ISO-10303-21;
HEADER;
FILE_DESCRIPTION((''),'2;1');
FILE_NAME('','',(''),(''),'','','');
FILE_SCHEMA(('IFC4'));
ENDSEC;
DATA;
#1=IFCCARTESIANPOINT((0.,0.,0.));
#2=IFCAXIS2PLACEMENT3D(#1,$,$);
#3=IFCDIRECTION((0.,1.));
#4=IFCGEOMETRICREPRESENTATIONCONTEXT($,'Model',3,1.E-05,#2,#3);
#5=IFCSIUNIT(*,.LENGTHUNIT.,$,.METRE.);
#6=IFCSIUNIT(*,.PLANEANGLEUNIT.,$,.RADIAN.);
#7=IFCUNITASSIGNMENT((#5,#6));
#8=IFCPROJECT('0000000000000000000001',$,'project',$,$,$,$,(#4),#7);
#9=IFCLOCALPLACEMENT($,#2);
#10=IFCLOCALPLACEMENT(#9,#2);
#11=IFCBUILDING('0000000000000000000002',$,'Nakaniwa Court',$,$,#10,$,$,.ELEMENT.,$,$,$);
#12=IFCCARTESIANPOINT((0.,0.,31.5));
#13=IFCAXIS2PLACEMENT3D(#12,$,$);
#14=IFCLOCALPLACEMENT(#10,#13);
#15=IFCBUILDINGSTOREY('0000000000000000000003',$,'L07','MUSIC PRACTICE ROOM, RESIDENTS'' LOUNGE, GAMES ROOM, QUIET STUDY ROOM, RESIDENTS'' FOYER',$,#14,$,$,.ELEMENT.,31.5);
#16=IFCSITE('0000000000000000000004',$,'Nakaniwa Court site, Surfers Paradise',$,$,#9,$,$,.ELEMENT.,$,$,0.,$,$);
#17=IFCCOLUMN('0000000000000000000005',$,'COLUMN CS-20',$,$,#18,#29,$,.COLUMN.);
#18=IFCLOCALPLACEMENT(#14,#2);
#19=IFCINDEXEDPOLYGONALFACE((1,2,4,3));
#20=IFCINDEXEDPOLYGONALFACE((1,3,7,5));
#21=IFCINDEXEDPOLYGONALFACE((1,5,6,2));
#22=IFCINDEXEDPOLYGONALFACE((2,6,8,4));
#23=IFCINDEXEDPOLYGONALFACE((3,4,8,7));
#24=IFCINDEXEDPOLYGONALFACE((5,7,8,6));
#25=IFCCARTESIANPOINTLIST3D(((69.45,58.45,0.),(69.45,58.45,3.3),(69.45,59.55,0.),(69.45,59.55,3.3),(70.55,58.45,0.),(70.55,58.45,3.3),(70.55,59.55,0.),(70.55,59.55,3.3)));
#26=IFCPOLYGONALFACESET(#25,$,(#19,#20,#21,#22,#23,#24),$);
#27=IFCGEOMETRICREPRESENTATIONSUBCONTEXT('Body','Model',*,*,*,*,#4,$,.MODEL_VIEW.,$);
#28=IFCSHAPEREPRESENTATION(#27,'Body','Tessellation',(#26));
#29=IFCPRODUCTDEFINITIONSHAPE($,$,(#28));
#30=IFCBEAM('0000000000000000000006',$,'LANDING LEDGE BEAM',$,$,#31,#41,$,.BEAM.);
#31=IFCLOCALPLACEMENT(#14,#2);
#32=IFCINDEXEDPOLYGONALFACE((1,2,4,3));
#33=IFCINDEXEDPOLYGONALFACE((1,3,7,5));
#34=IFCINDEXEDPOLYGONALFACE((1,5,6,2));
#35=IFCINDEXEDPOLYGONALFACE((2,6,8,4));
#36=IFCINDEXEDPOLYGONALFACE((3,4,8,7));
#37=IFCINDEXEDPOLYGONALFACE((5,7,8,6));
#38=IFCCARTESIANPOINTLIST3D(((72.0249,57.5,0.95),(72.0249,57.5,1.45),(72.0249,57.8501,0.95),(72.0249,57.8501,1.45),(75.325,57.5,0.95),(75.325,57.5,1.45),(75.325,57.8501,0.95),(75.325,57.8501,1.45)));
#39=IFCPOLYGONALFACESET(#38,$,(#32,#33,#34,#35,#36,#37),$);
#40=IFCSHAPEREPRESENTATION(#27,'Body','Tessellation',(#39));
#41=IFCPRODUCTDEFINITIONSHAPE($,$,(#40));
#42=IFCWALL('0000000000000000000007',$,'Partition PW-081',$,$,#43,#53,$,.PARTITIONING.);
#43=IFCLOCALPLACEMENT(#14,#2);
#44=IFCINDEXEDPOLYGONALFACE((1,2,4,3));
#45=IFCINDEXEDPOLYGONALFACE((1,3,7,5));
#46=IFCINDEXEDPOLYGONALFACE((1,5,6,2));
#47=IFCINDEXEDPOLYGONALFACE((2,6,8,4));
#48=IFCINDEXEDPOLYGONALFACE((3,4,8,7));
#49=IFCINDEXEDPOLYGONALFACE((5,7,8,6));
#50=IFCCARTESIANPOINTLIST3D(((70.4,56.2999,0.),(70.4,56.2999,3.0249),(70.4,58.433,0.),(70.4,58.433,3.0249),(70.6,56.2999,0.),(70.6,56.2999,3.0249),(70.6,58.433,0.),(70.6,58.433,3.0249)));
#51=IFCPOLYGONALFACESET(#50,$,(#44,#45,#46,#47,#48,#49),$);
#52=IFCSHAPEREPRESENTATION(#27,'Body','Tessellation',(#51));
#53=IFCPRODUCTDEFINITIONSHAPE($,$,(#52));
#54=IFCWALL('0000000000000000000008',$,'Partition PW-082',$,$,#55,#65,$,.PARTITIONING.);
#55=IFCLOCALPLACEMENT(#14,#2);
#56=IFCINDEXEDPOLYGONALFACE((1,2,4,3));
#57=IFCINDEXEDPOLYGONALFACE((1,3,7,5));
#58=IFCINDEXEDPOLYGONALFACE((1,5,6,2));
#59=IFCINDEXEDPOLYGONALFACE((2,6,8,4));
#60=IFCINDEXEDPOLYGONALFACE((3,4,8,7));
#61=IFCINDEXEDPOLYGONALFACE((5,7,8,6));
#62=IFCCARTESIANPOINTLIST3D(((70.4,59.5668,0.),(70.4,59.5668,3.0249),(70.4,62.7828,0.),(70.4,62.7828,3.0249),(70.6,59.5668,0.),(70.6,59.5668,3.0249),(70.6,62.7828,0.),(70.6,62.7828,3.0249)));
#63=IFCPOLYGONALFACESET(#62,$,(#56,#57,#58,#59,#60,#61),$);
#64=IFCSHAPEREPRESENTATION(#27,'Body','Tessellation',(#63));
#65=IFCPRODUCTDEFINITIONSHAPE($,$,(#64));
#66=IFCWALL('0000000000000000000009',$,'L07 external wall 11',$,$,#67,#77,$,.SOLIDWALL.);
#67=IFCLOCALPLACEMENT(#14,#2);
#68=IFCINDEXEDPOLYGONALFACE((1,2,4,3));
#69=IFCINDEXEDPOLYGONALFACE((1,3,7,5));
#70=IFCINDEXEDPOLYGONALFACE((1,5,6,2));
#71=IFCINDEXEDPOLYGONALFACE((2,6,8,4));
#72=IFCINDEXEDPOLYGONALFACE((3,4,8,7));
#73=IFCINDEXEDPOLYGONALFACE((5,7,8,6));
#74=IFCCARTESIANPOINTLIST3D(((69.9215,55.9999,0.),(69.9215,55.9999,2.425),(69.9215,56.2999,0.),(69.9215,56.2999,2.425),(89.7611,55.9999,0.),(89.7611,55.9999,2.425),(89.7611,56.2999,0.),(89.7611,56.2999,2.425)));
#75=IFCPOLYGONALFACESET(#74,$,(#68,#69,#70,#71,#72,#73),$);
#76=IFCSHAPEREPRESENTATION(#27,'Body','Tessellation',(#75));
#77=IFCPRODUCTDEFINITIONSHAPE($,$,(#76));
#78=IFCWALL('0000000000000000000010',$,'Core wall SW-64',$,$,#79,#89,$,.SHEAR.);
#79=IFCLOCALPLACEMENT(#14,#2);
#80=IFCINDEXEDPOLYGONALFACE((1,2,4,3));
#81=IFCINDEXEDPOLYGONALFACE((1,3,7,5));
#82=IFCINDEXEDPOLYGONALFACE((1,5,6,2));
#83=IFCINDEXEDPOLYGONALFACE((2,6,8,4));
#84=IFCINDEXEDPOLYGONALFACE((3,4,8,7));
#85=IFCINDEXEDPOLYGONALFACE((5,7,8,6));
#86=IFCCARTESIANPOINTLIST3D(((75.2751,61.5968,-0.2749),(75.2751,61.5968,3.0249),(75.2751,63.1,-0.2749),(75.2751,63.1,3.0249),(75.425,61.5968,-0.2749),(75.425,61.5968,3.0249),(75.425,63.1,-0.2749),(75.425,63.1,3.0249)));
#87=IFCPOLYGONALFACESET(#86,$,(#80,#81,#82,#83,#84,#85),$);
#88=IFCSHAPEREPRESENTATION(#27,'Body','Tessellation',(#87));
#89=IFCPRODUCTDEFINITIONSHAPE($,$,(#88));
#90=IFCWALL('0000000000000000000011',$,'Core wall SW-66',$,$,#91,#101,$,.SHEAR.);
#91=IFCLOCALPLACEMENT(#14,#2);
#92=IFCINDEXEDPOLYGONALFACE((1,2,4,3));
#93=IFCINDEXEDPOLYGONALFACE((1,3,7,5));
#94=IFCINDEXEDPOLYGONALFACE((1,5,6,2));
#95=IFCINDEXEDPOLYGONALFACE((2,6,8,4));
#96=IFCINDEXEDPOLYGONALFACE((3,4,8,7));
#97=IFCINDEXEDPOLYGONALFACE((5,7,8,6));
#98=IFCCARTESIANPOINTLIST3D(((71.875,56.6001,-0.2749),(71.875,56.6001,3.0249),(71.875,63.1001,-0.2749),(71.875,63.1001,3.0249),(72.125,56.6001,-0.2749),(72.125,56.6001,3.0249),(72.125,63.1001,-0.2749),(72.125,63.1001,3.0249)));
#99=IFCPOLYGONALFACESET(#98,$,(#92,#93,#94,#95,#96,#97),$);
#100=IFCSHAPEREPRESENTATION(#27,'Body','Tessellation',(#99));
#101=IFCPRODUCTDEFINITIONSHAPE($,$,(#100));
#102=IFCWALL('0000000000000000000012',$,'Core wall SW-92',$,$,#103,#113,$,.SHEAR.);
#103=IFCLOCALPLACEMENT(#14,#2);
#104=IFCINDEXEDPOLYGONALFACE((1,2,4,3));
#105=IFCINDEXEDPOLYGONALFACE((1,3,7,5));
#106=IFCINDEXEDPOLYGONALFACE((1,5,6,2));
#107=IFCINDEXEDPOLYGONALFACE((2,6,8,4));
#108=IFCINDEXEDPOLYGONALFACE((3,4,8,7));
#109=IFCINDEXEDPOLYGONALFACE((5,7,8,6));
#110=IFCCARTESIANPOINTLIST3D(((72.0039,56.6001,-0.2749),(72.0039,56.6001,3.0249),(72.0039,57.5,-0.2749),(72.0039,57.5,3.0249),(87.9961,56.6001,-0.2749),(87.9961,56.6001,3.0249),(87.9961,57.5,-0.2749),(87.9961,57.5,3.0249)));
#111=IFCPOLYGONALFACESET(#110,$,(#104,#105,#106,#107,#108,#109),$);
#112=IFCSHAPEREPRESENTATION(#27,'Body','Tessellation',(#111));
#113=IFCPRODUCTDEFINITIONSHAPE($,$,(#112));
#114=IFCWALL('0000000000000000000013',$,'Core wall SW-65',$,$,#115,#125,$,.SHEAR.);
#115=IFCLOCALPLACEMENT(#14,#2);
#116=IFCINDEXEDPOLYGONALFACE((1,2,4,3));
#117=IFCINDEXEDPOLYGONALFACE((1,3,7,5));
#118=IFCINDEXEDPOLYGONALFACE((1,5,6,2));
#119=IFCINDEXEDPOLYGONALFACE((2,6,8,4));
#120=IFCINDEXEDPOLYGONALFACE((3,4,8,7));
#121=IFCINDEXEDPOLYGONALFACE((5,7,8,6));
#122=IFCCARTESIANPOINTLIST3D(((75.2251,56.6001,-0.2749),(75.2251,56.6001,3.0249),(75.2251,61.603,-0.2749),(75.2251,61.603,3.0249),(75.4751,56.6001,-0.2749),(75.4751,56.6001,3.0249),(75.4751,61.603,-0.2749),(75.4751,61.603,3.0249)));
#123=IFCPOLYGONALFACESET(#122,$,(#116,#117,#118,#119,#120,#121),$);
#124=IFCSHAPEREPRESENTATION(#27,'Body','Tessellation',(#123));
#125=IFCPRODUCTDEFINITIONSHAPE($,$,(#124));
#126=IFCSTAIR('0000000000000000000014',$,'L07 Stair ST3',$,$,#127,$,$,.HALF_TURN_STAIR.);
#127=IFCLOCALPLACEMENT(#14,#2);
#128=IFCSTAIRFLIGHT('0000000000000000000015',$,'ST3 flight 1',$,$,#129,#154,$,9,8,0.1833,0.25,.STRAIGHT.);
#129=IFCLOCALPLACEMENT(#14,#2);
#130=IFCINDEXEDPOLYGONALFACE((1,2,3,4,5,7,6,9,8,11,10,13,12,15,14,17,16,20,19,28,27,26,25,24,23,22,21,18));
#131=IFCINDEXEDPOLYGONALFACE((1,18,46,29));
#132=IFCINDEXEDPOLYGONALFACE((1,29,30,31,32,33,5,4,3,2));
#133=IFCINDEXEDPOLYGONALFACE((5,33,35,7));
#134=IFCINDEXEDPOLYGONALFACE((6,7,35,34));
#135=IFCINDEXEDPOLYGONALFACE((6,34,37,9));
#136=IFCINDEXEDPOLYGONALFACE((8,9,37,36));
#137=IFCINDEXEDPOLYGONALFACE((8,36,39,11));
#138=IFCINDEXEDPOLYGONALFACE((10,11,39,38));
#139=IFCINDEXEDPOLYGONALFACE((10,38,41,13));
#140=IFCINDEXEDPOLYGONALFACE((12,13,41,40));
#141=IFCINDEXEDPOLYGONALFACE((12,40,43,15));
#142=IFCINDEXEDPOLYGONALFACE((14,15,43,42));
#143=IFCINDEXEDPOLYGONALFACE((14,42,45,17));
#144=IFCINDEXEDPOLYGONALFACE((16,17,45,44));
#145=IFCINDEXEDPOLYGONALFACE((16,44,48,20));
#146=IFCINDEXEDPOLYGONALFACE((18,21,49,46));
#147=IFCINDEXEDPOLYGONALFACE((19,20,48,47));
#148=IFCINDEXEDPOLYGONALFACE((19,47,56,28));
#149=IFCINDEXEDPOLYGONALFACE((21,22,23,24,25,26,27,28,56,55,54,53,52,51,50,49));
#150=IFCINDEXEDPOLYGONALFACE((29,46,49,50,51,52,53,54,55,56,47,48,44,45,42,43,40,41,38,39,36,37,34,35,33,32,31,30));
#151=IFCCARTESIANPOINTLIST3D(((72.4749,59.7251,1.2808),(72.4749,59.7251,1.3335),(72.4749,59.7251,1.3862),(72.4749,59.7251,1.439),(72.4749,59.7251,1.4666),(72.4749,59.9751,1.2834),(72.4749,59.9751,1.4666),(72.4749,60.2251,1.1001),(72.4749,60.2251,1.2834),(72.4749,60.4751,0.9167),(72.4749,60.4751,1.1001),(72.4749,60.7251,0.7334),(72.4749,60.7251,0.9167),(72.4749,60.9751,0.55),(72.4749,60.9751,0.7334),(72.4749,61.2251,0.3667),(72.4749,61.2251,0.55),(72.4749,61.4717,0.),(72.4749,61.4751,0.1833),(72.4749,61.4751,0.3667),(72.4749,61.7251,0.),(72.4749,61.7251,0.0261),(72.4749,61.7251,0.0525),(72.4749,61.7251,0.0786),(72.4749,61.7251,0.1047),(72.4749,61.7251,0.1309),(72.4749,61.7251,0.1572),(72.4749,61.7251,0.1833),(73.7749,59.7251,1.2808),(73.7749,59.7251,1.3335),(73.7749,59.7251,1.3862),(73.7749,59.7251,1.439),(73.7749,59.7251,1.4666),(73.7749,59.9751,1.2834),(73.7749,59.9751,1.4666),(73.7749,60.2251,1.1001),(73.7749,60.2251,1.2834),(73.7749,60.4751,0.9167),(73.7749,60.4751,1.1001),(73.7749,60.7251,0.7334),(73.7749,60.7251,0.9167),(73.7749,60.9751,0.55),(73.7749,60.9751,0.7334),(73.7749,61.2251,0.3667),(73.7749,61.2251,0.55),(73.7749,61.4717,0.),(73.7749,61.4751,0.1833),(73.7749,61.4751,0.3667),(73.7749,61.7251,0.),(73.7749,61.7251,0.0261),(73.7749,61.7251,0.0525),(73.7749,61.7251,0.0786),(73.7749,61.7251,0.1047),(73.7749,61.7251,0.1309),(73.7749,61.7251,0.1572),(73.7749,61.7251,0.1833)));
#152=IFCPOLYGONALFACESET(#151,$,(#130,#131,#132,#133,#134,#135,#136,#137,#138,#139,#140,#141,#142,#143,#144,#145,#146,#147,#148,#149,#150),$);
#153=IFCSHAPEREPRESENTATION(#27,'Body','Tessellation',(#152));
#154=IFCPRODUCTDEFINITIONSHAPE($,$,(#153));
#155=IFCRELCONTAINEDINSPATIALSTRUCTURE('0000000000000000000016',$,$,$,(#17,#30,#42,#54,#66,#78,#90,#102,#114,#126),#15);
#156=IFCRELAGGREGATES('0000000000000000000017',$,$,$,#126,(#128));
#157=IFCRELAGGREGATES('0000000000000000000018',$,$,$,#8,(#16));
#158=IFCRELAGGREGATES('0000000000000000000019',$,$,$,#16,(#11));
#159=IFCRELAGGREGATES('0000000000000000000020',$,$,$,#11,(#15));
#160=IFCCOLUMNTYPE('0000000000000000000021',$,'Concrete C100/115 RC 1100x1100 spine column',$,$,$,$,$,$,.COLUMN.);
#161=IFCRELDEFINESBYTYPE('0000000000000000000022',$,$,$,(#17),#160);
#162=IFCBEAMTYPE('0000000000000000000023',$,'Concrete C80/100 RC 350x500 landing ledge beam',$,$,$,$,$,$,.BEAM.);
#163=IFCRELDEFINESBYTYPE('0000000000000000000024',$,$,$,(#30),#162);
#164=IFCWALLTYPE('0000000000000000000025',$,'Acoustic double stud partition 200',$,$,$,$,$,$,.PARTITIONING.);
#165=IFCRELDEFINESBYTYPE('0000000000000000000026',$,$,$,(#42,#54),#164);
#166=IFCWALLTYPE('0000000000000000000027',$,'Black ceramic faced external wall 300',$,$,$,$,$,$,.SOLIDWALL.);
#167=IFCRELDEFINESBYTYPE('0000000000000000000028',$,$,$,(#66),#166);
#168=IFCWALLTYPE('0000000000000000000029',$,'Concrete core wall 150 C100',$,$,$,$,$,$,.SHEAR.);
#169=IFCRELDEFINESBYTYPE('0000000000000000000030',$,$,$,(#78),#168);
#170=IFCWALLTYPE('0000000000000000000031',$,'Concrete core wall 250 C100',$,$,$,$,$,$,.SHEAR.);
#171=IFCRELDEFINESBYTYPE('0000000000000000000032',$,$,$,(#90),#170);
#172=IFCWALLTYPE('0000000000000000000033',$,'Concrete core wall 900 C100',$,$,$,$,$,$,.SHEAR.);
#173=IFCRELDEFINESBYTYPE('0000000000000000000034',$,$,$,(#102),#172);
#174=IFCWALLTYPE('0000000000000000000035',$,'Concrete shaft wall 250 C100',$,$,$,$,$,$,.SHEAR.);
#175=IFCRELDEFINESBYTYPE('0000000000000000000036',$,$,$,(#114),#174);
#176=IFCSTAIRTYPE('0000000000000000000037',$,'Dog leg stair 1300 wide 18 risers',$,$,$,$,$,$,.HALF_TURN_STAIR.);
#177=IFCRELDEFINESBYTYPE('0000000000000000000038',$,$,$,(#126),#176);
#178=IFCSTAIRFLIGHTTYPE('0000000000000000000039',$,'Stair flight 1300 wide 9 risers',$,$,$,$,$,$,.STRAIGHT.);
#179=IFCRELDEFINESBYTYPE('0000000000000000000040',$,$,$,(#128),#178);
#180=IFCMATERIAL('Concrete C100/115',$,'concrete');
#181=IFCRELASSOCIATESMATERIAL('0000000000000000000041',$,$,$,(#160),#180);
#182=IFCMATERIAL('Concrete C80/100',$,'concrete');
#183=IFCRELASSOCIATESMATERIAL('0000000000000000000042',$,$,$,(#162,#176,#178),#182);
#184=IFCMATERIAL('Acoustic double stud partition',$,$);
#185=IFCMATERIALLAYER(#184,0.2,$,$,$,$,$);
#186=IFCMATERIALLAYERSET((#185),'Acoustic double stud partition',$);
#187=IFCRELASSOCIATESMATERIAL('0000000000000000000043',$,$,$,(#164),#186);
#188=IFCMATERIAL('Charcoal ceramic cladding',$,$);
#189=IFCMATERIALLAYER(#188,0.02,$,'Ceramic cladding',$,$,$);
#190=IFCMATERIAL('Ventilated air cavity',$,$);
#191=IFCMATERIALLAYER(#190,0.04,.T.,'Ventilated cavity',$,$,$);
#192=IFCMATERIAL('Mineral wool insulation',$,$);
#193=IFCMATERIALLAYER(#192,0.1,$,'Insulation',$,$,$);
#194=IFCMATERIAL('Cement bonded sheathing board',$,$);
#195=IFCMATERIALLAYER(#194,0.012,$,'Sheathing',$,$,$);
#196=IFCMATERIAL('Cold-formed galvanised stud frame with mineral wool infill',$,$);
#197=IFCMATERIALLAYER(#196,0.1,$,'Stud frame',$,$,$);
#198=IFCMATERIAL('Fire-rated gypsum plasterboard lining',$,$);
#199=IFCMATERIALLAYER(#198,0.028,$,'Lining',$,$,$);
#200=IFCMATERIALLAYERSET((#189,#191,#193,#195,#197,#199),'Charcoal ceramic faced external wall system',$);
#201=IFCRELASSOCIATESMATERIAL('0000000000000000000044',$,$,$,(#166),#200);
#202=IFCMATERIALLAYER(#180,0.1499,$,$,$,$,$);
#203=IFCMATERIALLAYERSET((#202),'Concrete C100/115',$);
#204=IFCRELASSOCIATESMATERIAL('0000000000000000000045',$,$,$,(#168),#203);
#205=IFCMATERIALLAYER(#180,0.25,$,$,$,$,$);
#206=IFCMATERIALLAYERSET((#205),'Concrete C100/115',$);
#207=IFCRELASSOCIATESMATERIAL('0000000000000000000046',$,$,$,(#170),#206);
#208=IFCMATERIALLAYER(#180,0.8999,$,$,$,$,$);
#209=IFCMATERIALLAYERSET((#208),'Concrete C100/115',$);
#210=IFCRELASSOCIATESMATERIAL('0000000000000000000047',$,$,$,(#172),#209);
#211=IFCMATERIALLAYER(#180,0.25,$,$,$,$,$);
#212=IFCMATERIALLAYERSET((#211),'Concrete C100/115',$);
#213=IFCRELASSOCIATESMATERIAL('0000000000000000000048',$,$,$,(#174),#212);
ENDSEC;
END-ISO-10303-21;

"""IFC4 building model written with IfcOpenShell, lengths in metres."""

from ifc_helpers import new_model, si_unit, direction, frame, frame_2d, origin, origin_2d, place, context, subcontext, project, spatial, polyline, rectangle, outline, extrude, material, layer, layer_set, material_profile, profile_set, type_object, element, aggregate, save


model = new_model("IFC4")

# Units and contexts
model_context = context("Model", 3, precision=1e-05, world=origin(), true_north=direction((0.0, 1.0)))
body_context = subcontext(model_context, "Body", "Model", "MODEL_VIEW")
ifc_project = project(units=[si_unit("LENGTHUNIT", "METRE"), si_unit("PLANEANGLEUNIT", "RADIAN")], contexts=[model_context])

# Site, building, storey
site_placement = place(None, origin())
site = spatial("IfcSite", under=ifc_project, at=site_placement, Name="Nakaniwa Court site, Surfers Paradise", CompositionType="ELEMENT", RefElevation=0.0)
building_placement = place(site_placement, origin())
building = spatial("IfcBuilding", under=site, at=building_placement, Name="Nakaniwa Court", CompositionType="ELEMENT")
storey_placement = place(building_placement, frame((0.0, 0.0, 31.5)))
storey = spatial("IfcBuildingStorey", under=building, at=storey_placement, Name="L07", Description="MUSIC PRACTICE ROOM, RESIDENTS' LOUNGE, GAMES ROOM, QUIET STUDY ROOM, RESIDENTS' FOYER", CompositionType="ELEMENT", Elevation=31.5)

# Column
ifc_material_1 = material(Name="Concrete C100/115", Category="concrete")
ifc_material_profile_1 = material_profile(ifc_material_1, rectangle(XDim=1.1001, YDim=1.1001, at=origin_2d()), Name="Concrete C100/115 RC 1100x1100 spine column")
ifc_profile_set_1 = profile_set([ifc_material_profile_1], Name="Concrete C100/115")
column_type = type_object("IfcColumnType", Name="Concrete C100/115 RC 1100x1100 spine column", PredefinedType="COLUMN", material=ifc_profile_set_1)
column_placement = place(storey_placement, frame((70.0, 59.0, 0.0), z_axis=(0.0, 0.0, 1.0), x_axis=(0.0, -1.0, 0.0)))
element("IfcColumn", 1, at=column_placement, inside=storey, type_object=column_type, Name="COLUMN CS-20", PredefinedType="COLUMN", context=body_context, shape_type="SweptSolid", body=[
    extrude(rectangle(XDim=1.1001, YDim=1.1001, at=origin_2d()), origin(), (0.0, 0.0, 1.0), 3.3),
])

# Beam
ifc_material_2 = material(Name="Concrete C80/100", Category="concrete")
ifc_material_profile_2 = material_profile(ifc_material_2, rectangle(XDim=0.3501, YDim=0.5, at=origin_2d()), Name="Concrete C80/100 RC 350x500 landing ledge beam")
ifc_profile_set_2 = profile_set([ifc_material_profile_2], Name="Concrete C80/100")
beam_type = type_object("IfcBeamType", Name="Concrete C80/100 RC 350x500 landing ledge beam", PredefinedType="BEAM", material=ifc_profile_set_2)
beam_placement = place(storey_placement, frame((72.0249, 57.675, 1.2), z_axis=(1.0, 0.0, 0.0), x_axis=(0.0, 1.0, 0.0)))
element("IfcBeam", 2, at=beam_placement, inside=storey, type_object=beam_type, Name="LANDING LEDGE BEAM", PredefinedType="BEAM", context=body_context, shape_type="SweptSolid", body=[
    extrude(rectangle(XDim=0.3501, YDim=0.5, at=origin_2d()), origin(), (0.0, 0.0, 1.0), 3.3),
])

# Walls
ifc_material_3 = material(Name="Acoustic double stud partition")
ifc_layer_1 = layer(ifc_material_3, 0.2)
ifc_layer_set_1 = layer_set([ifc_layer_1], Name="Acoustic double stud partition")
wall_type_1 = type_object("IfcWallType", Name="Acoustic double stud partition 200", PredefinedType="PARTITIONING", material=ifc_layer_set_1)
wall_1_placement = place(storey_placement, frame((70.5, 56.3, 0.0), z_axis=(0.0, 0.0, 1.0), x_axis=(0.0, 1.0, 0.0)))
element("IfcWall", 3, at=wall_1_placement, inside=storey, type_object=wall_type_1, Name="Partition PW-081", PredefinedType="PARTITIONING", context=body_context, shape_type="SweptSolid", body=[
    extrude(rectangle(XDim=2.1331, YDim=0.2, at=frame_2d((1.0664, 0.0))), origin(), (0.0, 0.0, 1.0), 3.0249),
])
wall_2_placement = place(storey_placement, frame((70.5, 59.5669, 0.0), z_axis=(0.0, 0.0, 1.0), x_axis=(0.0, 1.0, 0.0)))
element("IfcWall", 4, at=wall_2_placement, inside=storey, type_object=wall_type_1, Name="Partition PW-082", PredefinedType="PARTITIONING", context=body_context, shape_type="SweptSolid", body=[
    extrude(rectangle(XDim=3.2161, YDim=0.2, at=frame_2d((1.6079, 0.0))), origin(), (0.0, 0.0, 1.0), 3.0249),
])
ifc_material_4 = material(Name="Charcoal ceramic cladding")
ifc_layer_2 = layer(ifc_material_4, 0.02, Name="Ceramic cladding")
ifc_material_5 = material(Name="Ventilated air cavity")
ifc_layer_3 = layer(ifc_material_5, 0.04, ventilated=True, Name="Ventilated cavity")
ifc_material_6 = material(Name="Mineral wool insulation")
ifc_layer_4 = layer(ifc_material_6, 0.1, Name="Insulation")
ifc_material_7 = material(Name="Cement bonded sheathing board")
ifc_layer_5 = layer(ifc_material_7, 0.012, Name="Sheathing")
ifc_material_8 = material(Name="Cold-formed galvanised stud frame with mineral wool infill")
ifc_layer_6 = layer(ifc_material_8, 0.1, Name="Stud frame")
ifc_material_9 = material(Name="Fire-rated gypsum plasterboard lining")
ifc_layer_7 = layer(ifc_material_9, 0.028, Name="Lining")
ifc_layer_set_2 = layer_set([ifc_layer_2, ifc_layer_3, ifc_layer_4, ifc_layer_5, ifc_layer_6, ifc_layer_7], Name="Charcoal ceramic faced external wall system")
wall_type_2 = type_object("IfcWallType", Name="Black ceramic faced external wall 300", PredefinedType="SOLIDWALL", material=ifc_layer_set_2)
wall_3_placement = place(storey_placement, frame((69.9214, 56.1499, 0.0), z_axis=(0.0, 0.0, 1.0), x_axis=(1.0, 0.0, 0.0)))
element("IfcWall", 5, at=wall_3_placement, inside=storey, type_object=wall_type_2, Name="L07 external wall 11", PredefinedType="SOLIDWALL", context=body_context, shape_type="SweptSolid", body=[
    extrude(rectangle(XDim=19.8396, YDim=0.3, at=frame_2d((9.9199, 0.0))), origin(), (0.0, 0.0, 1.0), 2.425),
])
ifc_layer_8 = layer(ifc_material_1, 0.1499)
ifc_layer_set_3 = layer_set([ifc_layer_8], Name="Concrete C100/115")
wall_type_3 = type_object("IfcWallType", Name="Concrete core wall 150 C100", PredefinedType="SHEAR", material=ifc_layer_set_3)
wall_4_placement = place(storey_placement, frame((75.3501, 61.5969, -0.2749), z_axis=(0.0, 0.0, 1.0), x_axis=(0.0, 1.0, 0.0)))
element("IfcWall", 6, at=wall_4_placement, inside=storey, type_object=wall_type_3, Name="Core wall SW-64", PredefinedType="SHEAR", context=body_context, shape_type="SweptSolid", body=[
    extrude(rectangle(XDim=1.5032, YDim=0.1499, at=frame_2d((0.7515, 0.0))), origin(), (0.0, 0.0, 1.0), 3.2998),
])
ifc_layer_9 = layer(ifc_material_1, 0.25)
ifc_layer_set_4 = layer_set([ifc_layer_9], Name="Concrete C100/115")
wall_type_4 = type_object("IfcWallType", Name="Concrete core wall 250 C100", PredefinedType="SHEAR", material=ifc_layer_set_4)
wall_5_placement = place(storey_placement, frame((72.0, 56.6001, -0.2749), z_axis=(0.0, 0.0, 1.0), x_axis=(0.0, 1.0, 0.0)))
element("IfcWall", 7, at=wall_5_placement, inside=storey, type_object=wall_type_4, Name="Core wall SW-66", PredefinedType="SHEAR", context=body_context, shape_type="SweptSolid", body=[
    extrude(rectangle(XDim=6.5, YDim=0.25, at=frame_2d((3.25, 0.0))), origin(), (0.0, 0.0, 1.0), 3.2998),
])
ifc_layer_10 = layer(ifc_material_1, 0.8999)
ifc_layer_set_5 = layer_set([ifc_layer_10], Name="Concrete C100/115")
wall_type_5 = type_object("IfcWallType", Name="Concrete core wall 900 C100", PredefinedType="SHEAR", material=ifc_layer_set_5)
wall_6_placement = place(storey_placement, frame((72.0039, 57.05, -0.2749), z_axis=(0.0, 0.0, 1.0), x_axis=(1.0, 0.0, 0.0)))
element("IfcWall", 8, at=wall_6_placement, inside=storey, type_object=wall_type_5, Name="Core wall SW-92", PredefinedType="SHEAR", context=body_context, shape_type="SweptSolid", body=[
    extrude(rectangle(XDim=15.9922, YDim=0.8999, at=frame_2d((7.9961, 0.0))), origin(), (0.0, 0.0, 1.0), 3.2998),
])
ifc_layer_11 = layer(ifc_material_1, 0.25)
ifc_layer_set_6 = layer_set([ifc_layer_11], Name="Concrete C100/115")
wall_type_6 = type_object("IfcWallType", Name="Concrete shaft wall 250 C100", PredefinedType="SHEAR", material=ifc_layer_set_6)
wall_7_placement = place(storey_placement, frame((75.3501, 56.6001, -0.2749), z_axis=(0.0, 0.0, 1.0), x_axis=(0.0, 1.0, 0.0)))
element("IfcWall", 9, at=wall_7_placement, inside=storey, type_object=wall_type_6, Name="Core wall SW-65", PredefinedType="SHEAR", context=body_context, shape_type="SweptSolid", body=[
    extrude(rectangle(XDim=5.0029, YDim=0.25, at=frame_2d((2.5015, 0.0))), origin(), (0.0, 0.0, 1.0), 3.2998),
])

# Stair, stair flight
stair_type = type_object("IfcStairType", Name="Dog leg stair 1300 wide 18 risers", PredefinedType="HALF_TURN_STAIR", material=ifc_material_2)
stair_placement = place(storey_placement, origin())
stair = element("IfcStair", 10, at=stair_placement, inside=storey, type_object=stair_type, Name="L07 Stair ST3", PredefinedType="HALF_TURN_STAIR")
stair_flight_type = type_object("IfcStairFlightType", Name="Stair flight 1300 wide 9 risers", PredefinedType="STRAIGHT", material=ifc_material_2)
stair_flight_1_placement = place(storey_placement, frame((73.125, 61.7251, 0.0), z_axis=(0.0, 0.0, 1.0), x_axis=(0.0, -1.0, 0.0)))
stair_flight_1 = element("IfcStairFlight", 11, at=stair_flight_1_placement, type_object=stair_flight_type, Name="ST3 flight 1", NumberOfRisers=9, NumberOfTreads=8, PredefinedType="STRAIGHT", RiserHeight=0.1833, TreadLength=0.25, context=body_context, shape_type="SweptSolid", body=[
    extrude(outline(polyline([(0.0, 0.0), (0.0, 0.0261), (0.0, 0.0525), (0.0, 0.0786), (0.0, 0.1047), (0.0, 0.1309), (0.0, 0.1572), (0.0, 0.1833), (0.25, 0.1833), (0.25, 0.3667), (0.5, 0.3667), (0.5, 0.55), (0.75, 0.55), (0.75, 0.7334), (1.0, 0.7334), (1.0, 0.9167), (1.25, 0.9167), (1.25, 1.1001), (1.5, 1.1001), (1.5, 1.2834), (1.75, 1.2834), (1.75, 1.4666), (2.0, 1.4666), (2.0, 1.6499), (2.0, 1.5972), (2.0, 1.5444), (2.0, 1.4917), (2.0, 1.439), (2.0, 1.3862), (2.0, 1.3335), (2.0, 1.2808), (0.2534, 0.0), (0.0, 0.0)])), frame((0.0, 0.6499, 0.0), z_axis=(0.0, -1.0, 0.0), x_axis=(1.0, 0.0, 0.0)), (0.0, 0.0, 1.0), 1.3),
])
aggregate(stair, [stair_flight_1])

save(model, "model.ifc")
